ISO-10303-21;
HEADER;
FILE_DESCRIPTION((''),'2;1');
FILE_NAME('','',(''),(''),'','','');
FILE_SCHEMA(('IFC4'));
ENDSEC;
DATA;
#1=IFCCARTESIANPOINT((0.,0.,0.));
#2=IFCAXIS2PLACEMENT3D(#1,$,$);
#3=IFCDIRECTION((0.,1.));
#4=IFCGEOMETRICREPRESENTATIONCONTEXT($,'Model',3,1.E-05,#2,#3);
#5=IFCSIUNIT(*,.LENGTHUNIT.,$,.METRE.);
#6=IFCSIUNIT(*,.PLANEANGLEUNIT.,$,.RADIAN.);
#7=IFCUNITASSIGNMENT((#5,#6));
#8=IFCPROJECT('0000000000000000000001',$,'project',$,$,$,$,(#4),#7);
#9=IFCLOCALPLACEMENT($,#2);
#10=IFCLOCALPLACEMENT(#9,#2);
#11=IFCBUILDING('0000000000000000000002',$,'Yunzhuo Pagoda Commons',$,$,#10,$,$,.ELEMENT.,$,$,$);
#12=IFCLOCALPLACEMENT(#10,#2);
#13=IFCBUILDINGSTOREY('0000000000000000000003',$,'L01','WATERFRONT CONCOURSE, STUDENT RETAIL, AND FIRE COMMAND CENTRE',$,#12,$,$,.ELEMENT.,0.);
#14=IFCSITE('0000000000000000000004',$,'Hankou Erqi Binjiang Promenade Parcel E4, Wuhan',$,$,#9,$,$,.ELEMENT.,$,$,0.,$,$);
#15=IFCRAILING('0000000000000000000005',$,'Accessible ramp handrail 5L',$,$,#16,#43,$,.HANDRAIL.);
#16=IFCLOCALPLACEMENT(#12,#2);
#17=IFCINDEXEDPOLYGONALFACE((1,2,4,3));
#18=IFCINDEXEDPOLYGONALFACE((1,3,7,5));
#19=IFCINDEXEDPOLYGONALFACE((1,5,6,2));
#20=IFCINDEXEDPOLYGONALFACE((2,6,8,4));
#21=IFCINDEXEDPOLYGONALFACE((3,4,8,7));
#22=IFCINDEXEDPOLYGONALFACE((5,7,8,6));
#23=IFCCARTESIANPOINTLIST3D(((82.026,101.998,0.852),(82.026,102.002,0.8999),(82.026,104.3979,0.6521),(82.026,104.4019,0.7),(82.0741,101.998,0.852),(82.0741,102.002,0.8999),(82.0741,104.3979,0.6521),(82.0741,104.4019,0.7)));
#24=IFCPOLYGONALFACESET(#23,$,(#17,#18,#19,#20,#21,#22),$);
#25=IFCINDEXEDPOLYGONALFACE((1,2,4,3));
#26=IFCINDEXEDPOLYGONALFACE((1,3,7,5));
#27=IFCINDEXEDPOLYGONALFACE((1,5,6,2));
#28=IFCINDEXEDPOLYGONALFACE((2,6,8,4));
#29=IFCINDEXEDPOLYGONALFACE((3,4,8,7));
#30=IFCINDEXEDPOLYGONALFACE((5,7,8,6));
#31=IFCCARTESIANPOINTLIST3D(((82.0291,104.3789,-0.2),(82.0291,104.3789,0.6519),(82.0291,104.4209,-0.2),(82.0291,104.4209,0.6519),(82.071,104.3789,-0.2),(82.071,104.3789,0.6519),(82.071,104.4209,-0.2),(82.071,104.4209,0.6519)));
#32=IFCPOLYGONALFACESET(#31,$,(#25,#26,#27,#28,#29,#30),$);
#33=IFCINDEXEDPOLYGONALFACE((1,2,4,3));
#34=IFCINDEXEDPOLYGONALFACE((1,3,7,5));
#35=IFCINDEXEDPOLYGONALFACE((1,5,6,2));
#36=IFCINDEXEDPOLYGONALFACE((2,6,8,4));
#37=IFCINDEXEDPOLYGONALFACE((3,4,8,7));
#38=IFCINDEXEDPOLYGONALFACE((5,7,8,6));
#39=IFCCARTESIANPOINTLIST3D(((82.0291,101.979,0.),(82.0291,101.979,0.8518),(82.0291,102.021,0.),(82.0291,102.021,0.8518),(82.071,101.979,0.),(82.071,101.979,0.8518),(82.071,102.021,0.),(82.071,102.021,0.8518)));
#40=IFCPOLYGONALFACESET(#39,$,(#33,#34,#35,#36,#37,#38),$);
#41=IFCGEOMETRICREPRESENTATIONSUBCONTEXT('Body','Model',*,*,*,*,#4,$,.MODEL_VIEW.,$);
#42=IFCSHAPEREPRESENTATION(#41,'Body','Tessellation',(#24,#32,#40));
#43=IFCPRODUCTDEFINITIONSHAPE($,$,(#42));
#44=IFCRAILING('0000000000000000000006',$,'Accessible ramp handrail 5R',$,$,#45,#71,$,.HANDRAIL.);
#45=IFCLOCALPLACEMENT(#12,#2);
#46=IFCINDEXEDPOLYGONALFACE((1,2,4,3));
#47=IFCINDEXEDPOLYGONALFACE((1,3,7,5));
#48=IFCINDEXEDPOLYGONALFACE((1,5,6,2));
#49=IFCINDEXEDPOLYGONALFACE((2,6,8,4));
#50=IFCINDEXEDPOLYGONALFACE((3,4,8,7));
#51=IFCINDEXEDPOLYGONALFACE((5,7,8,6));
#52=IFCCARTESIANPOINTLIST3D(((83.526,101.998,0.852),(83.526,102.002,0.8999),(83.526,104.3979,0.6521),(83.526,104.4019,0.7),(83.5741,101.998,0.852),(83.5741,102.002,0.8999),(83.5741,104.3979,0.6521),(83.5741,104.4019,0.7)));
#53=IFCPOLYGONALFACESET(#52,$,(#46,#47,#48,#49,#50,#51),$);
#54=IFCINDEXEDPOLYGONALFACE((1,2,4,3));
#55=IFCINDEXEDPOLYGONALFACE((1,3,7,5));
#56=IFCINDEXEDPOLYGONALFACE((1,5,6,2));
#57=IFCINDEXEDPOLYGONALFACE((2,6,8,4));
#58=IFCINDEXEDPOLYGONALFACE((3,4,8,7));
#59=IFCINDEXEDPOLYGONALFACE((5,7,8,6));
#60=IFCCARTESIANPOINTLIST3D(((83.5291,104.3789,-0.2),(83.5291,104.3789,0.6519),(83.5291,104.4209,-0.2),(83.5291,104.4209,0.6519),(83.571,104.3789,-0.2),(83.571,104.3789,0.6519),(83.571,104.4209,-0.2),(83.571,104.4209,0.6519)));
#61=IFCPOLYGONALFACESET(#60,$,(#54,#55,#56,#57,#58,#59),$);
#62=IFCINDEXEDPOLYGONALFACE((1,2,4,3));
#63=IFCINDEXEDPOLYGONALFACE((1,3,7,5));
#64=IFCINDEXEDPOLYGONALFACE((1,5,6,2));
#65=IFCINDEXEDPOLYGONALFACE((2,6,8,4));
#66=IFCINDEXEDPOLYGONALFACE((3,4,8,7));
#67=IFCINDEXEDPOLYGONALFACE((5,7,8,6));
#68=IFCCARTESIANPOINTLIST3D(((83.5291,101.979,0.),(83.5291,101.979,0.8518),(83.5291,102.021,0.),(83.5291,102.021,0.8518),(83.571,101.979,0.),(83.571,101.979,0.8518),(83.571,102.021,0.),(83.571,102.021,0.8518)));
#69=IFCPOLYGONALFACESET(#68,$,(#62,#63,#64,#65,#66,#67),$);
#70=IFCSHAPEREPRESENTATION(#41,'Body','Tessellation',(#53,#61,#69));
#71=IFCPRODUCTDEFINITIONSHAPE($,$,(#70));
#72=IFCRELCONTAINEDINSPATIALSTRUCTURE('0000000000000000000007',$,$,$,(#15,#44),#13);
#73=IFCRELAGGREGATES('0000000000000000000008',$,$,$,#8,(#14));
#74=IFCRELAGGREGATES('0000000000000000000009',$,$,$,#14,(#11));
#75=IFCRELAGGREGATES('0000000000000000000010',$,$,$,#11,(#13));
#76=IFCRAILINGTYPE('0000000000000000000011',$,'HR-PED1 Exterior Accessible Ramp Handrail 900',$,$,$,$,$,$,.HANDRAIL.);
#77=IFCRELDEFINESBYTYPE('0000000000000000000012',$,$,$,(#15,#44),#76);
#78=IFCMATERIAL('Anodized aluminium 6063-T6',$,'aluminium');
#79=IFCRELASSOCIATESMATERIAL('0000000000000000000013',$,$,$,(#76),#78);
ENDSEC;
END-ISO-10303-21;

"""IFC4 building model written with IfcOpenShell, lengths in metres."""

from ifc_helpers import new_model, si_unit, direction, frame, origin, origin_2d, place, context, subcontext, project, spatial, rectangle, extrude, material, type_object, element, save


model = new_model("IFC4")

# Units and contexts
model_context = context("Model", 3, precision=1e-05, world=origin(), true_north=direction((0.0, 1.0)))
body_context = subcontext(model_context, "Body", "Model", "MODEL_VIEW")
ifc_project = project(units=[si_unit("LENGTHUNIT", "METRE"), si_unit("PLANEANGLEUNIT", "RADIAN")], contexts=[model_context])

# Site, building, storey
site_placement = place(None, origin())
site = spatial("IfcSite", under=ifc_project, at=site_placement, Name="Hankou Erqi Binjiang Promenade Parcel E4, Wuhan", CompositionType="ELEMENT", RefElevation=0.0)
building_placement = place(site_placement, origin())
building = spatial("IfcBuilding", under=site, at=building_placement, Name="Yunzhuo Pagoda Commons", CompositionType="ELEMENT")
storey_placement = place(building_placement, origin())
storey = spatial("IfcBuildingStorey", under=building, at=storey_placement, Name="L01", Description="WATERFRONT CONCOURSE, STUDENT RETAIL, AND FIRE COMMAND CENTRE", CompositionType="ELEMENT", Elevation=0.0)

# Shared definitions
ifc_material_1 = material(Name="Anodized aluminium 6063-T6", Category="aluminium")

# Railings
railing_type_1 = type_object("IfcRailingType", Name="HR-PED1 Exterior Accessible Ramp Handrail 900", PredefinedType="HANDRAIL", material=ifc_material_1)
for number, where, name in (
    (1, (82.05, 104.3999, -0.2), "Accessible ramp handrail 5L"),
    (2, (83.55, 104.3999, -0.2), "Accessible ramp handrail 5R"),
):
    element("IfcRailing", number, at=place(storey_placement, frame(where)), inside=storey, type_object=railing_type_1, Name=name, PredefinedType="HANDRAIL", context=body_context, shape_type="SweptSolid", body=[
        extrude(rectangle(XDim=0.0481, YDim=0.0481, at=origin_2d()), frame((0.0, 0.0, 0.876), z_axis=(0.0, -0.996547, 0.083029), x_axis=(1.0, 0.0, 0.0)), (0.0, 0.0, 1.0), 2.4082),
        extrude(rectangle(XDim=0.042, YDim=0.042, at=origin_2d()), origin(), (0.0, 0.0, 1.0), 0.8518),
        extrude(rectangle(XDim=0.042, YDim=0.042, at=origin_2d()), frame((0.0, -2.3999, 0.2)), (0.0, 0.0, 1.0), 0.8518),
    ])

save(model, "model.ifc")
